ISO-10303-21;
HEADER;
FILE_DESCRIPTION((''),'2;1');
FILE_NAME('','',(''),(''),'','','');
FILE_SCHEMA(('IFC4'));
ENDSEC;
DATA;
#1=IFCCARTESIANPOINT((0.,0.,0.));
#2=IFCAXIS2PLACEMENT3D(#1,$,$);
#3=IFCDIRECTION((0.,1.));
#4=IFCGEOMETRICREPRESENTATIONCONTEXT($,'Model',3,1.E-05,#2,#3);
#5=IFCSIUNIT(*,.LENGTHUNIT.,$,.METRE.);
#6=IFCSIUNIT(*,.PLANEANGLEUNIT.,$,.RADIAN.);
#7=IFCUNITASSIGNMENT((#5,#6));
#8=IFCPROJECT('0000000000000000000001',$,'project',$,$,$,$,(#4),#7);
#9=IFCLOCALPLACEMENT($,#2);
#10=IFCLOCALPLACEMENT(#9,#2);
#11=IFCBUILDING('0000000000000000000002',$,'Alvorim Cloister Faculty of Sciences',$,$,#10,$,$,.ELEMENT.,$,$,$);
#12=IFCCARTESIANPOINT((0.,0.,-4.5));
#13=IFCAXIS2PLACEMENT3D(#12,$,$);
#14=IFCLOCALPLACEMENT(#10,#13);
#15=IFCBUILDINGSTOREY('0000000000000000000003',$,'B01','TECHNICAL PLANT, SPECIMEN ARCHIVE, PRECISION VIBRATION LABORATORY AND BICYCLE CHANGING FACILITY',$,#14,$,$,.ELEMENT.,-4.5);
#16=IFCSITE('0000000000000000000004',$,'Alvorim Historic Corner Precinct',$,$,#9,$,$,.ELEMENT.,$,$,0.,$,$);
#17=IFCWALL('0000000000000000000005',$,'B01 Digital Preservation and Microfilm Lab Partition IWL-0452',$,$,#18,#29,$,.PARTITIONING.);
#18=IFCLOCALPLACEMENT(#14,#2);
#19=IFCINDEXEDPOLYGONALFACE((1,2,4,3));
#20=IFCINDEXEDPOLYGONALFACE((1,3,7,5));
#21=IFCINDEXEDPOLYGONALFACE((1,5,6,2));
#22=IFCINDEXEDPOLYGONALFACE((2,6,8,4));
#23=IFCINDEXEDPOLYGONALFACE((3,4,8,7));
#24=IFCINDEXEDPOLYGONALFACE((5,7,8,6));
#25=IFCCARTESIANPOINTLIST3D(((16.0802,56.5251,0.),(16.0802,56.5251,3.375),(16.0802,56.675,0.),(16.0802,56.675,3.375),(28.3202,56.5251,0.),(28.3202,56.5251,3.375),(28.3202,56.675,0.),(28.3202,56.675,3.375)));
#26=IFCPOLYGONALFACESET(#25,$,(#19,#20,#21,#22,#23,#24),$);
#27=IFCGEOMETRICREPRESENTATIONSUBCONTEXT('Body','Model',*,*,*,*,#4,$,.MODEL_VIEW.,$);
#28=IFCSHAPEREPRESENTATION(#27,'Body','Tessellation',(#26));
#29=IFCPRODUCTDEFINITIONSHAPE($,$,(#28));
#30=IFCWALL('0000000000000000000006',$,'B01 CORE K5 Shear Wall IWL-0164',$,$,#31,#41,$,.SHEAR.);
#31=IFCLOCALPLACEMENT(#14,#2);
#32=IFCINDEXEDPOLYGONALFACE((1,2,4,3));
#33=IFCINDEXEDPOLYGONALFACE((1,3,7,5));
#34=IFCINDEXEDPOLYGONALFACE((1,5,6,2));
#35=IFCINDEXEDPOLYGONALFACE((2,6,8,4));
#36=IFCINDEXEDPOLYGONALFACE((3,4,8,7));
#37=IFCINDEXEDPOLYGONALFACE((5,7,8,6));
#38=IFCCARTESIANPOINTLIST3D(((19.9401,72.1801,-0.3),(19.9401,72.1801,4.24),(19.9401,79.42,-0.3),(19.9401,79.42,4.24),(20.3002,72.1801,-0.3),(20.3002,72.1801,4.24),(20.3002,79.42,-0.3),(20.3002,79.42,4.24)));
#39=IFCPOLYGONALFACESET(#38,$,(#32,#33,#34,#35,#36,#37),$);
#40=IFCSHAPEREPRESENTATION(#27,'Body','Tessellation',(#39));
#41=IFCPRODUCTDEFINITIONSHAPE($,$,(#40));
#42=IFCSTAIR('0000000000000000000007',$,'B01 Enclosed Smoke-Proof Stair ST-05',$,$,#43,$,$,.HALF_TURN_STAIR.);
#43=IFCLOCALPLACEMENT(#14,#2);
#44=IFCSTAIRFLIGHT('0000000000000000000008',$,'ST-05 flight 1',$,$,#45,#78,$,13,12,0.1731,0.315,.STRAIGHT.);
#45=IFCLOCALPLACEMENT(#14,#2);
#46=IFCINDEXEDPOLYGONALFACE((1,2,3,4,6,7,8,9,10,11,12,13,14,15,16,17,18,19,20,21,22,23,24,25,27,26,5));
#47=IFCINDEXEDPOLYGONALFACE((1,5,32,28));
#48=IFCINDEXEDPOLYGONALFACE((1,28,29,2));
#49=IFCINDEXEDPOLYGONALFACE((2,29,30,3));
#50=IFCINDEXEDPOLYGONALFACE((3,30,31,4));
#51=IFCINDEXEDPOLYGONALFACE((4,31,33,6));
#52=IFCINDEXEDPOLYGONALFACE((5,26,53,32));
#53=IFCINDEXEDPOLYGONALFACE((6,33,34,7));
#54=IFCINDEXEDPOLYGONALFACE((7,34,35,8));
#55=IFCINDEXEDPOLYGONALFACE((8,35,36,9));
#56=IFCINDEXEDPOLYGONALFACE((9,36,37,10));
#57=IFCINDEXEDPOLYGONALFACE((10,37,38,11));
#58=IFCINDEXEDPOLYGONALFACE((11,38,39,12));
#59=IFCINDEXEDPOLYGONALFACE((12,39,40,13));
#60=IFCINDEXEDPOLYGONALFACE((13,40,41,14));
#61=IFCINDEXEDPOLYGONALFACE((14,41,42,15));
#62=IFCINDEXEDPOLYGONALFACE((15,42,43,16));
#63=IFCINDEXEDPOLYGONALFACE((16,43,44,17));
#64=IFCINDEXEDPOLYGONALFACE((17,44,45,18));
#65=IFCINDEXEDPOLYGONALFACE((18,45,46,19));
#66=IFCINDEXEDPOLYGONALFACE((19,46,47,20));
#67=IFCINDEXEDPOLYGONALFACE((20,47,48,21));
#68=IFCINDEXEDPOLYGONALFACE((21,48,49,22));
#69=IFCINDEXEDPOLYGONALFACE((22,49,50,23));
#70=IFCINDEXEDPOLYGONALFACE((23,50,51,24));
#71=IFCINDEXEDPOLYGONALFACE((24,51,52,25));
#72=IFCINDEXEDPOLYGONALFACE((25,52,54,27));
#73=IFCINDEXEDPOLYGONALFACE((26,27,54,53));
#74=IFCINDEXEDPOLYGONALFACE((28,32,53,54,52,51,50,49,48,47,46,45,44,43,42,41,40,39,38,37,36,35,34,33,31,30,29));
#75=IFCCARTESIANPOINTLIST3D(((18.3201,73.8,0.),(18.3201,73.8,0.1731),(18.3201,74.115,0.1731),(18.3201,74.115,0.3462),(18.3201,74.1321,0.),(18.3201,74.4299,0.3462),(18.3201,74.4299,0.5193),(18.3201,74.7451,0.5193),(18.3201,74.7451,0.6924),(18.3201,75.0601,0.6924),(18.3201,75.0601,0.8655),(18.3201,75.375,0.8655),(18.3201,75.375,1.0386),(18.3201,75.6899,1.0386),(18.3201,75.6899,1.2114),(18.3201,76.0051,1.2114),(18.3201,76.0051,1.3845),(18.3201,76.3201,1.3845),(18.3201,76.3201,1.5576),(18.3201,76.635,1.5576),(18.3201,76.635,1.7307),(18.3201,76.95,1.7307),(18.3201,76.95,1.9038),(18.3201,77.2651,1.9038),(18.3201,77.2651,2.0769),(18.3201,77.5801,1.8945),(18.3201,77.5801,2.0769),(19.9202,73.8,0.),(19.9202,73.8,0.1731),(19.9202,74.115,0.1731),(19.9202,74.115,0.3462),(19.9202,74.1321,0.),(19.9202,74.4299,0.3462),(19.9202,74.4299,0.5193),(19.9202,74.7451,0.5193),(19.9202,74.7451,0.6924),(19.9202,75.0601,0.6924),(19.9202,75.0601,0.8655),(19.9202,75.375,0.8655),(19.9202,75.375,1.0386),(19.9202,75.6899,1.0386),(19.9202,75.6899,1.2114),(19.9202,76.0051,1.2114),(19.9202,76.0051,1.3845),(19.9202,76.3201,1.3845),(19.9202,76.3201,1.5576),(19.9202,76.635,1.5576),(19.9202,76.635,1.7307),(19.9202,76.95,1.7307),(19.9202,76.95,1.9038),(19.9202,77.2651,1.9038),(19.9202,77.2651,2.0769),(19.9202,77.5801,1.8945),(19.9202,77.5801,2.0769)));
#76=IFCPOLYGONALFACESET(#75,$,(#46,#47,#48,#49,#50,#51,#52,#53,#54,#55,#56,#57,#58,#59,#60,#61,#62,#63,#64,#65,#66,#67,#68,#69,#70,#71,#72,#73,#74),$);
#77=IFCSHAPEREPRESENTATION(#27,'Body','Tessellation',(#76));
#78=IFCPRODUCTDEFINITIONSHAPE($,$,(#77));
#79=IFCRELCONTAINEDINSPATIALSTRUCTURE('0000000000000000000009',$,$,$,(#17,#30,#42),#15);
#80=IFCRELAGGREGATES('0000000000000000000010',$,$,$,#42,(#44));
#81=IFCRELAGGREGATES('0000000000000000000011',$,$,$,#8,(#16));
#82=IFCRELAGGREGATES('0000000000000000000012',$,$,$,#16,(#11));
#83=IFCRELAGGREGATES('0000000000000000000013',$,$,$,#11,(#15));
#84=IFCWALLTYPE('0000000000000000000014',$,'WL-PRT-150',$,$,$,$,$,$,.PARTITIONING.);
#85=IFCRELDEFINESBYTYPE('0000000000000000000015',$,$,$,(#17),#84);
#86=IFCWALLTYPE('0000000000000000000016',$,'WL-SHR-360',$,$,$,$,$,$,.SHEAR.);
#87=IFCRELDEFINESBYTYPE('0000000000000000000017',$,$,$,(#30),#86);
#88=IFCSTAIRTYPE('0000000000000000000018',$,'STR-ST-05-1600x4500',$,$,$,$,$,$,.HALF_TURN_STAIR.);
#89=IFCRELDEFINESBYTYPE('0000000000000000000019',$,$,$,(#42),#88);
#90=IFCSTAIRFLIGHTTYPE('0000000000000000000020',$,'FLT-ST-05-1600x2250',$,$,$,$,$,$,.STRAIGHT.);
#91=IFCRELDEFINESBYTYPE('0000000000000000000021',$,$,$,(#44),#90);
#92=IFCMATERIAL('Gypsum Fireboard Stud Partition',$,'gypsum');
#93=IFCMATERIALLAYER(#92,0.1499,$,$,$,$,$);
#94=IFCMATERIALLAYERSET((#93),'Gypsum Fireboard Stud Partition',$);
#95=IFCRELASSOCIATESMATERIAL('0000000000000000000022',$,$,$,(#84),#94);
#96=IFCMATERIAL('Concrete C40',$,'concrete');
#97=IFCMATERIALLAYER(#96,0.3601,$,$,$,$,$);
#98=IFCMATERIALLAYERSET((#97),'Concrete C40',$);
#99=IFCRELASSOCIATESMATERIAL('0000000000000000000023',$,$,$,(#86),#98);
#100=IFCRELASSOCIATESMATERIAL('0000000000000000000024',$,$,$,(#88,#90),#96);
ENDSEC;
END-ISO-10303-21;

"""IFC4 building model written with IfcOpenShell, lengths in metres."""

from ifc_helpers import new_model, si_unit, direction, frame, frame_2d, origin, place, context, subcontext, project, spatial, polyline, rectangle, outline, extrude, material, layer, layer_set, type_object, element, aggregate, save


model = new_model("IFC4")

# Units and contexts
model_context = context("Model", 3, precision=1e-05, world=origin(), true_north=direction((0.0, 1.0)))
body_context = subcontext(model_context, "Body", "Model", "MODEL_VIEW")
ifc_project = project(units=[si_unit("LENGTHUNIT", "METRE"), si_unit("PLANEANGLEUNIT", "RADIAN")], contexts=[model_context])

# Site, building, storey
site_placement = place(None, origin())
site = spatial("IfcSite", under=ifc_project, at=site_placement, Name="Alvorim Historic Corner Precinct", CompositionType="ELEMENT", RefElevation=0.0)
building_placement = place(site_placement, origin())
building = spatial("IfcBuilding", under=site, at=building_placement, Name="Alvorim Cloister Faculty of Sciences", CompositionType="ELEMENT")
storey_placement = place(building_placement, frame((0.0, 0.0, -4.5)))
storey = spatial("IfcBuildingStorey", under=building, at=storey_placement, Name="B01", Description="TECHNICAL PLANT, SPECIMEN ARCHIVE, PRECISION VIBRATION LABORATORY AND BICYCLE CHANGING FACILITY", CompositionType="ELEMENT", Elevation=-4.5)

# Shared definitions
ifc_material_1 = material(Name="Concrete C40", Category="concrete")

# Walls
ifc_material_2 = material(Name="Gypsum Fireboard Stud Partition", Category="gypsum")
ifc_layer_1 = layer(ifc_material_2, 0.1499)
ifc_layer_set_1 = layer_set([ifc_layer_1], Name="Gypsum Fireboard Stud Partition")
wall_type_1 = type_object("IfcWallType", Name="WL-PRT-150", PredefinedType="PARTITIONING", material=ifc_layer_set_1)
wall_1_placement = place(storey_placement, frame((16.0801, 56.6001, 0.0), z_axis=(0.0, 0.0, 1.0), x_axis=(1.0, 0.0, 0.0)))
element("IfcWall", 1, at=wall_1_placement, inside=storey, type_object=wall_type_1, Name="B01 Digital Preservation and Microfilm Lab Partition IWL-0452", PredefinedType="PARTITIONING", context=body_context, shape_type="SweptSolid", body=[
    extrude(rectangle(XDim=12.24, YDim=0.1499, at=frame_2d((6.1201, 0.0))), origin(), (0.0, 0.0, 1.0), 3.375),
])
ifc_layer_2 = layer(ifc_material_1, 0.3601)
ifc_layer_set_2 = layer_set([ifc_layer_2], Name="Concrete C40")
wall_type_2 = type_object("IfcWallType", Name="WL-SHR-360", PredefinedType="SHEAR", material=ifc_layer_set_2)
wall_2_placement = place(storey_placement, frame((20.1201, 72.1799, -0.3), z_axis=(0.0, 0.0, 1.0), x_axis=(0.0, 1.0, 0.0)))
element("IfcWall", 2, at=wall_2_placement, inside=storey, type_object=wall_type_2, Name="B01 CORE K5 Shear Wall IWL-0164", PredefinedType="SHEAR", context=body_context, shape_type="SweptSolid", body=[
    extrude(rectangle(XDim=7.24, YDim=0.3601, at=frame_2d((3.6201, 0.0))), origin(), (0.0, 0.0, 1.0), 4.54),
])

# Stair, stair flight
stair_type = type_object("IfcStairType", Name="STR-ST-05-1600x4500", PredefinedType="HALF_TURN_STAIR", material=ifc_material_1)
stair_placement = place(storey_placement, origin())
stair = element("IfcStair", 3, at=stair_placement, inside=storey, type_object=stair_type, Name="B01 Enclosed Smoke-Proof Stair ST-05", PredefinedType="HALF_TURN_STAIR")
stair_flight_type = type_object("IfcStairFlightType", Name="FLT-ST-05-1600x2250", PredefinedType="STRAIGHT", material=ifc_material_1)
stair_flight_placement = place(storey_placement, frame((19.1201, 73.8, 0.0), z_axis=(0.0, 0.0, 1.0), x_axis=(0.0, 1.0, 0.0)))
stair_flight = element("IfcStairFlight", 4, at=stair_flight_placement, type_object=stair_flight_type, Name="ST-05 flight 1", NumberOfRisers=13, NumberOfTreads=12, PredefinedType="STRAIGHT", RiserHeight=0.1731, TreadLength=0.315, context=body_context, shape_type="SweptSolid", body=[
    extrude(outline(polyline([(0.332, 0.0), (3.78, 1.8945), (3.78, 2.25), (3.78, 2.0769), (3.4651, 2.0769), (3.4651, 1.9038), (3.1499, 1.9038), (3.1499, 1.7307), (2.835, 1.7307), (2.835, 1.5576), (2.52, 1.5576), (2.52, 1.3845), (2.2051, 1.3845), (2.2051, 1.2114), (1.8899, 1.2114), (1.8899, 1.0386), (1.575, 1.0386), (1.575, 0.8655), (1.26, 0.8655), (1.26, 0.6924), (0.9451, 0.6924), (0.9451, 0.5193), (0.6299, 0.5193), (0.6299, 0.3462), (0.3149, 0.3462), (0.3149, 0.1731), (0.0, 0.1731), (0.0, 0.0), (0.332, 0.0)])), frame((0.0, 0.8, 0.0), z_axis=(0.0, -1.0, 0.0), x_axis=(1.0, 0.0, 0.0)), (0.0, 0.0, 1.0), 1.6001),
])
aggregate(stair, [stair_flight])

save(model, "model.ifc")
